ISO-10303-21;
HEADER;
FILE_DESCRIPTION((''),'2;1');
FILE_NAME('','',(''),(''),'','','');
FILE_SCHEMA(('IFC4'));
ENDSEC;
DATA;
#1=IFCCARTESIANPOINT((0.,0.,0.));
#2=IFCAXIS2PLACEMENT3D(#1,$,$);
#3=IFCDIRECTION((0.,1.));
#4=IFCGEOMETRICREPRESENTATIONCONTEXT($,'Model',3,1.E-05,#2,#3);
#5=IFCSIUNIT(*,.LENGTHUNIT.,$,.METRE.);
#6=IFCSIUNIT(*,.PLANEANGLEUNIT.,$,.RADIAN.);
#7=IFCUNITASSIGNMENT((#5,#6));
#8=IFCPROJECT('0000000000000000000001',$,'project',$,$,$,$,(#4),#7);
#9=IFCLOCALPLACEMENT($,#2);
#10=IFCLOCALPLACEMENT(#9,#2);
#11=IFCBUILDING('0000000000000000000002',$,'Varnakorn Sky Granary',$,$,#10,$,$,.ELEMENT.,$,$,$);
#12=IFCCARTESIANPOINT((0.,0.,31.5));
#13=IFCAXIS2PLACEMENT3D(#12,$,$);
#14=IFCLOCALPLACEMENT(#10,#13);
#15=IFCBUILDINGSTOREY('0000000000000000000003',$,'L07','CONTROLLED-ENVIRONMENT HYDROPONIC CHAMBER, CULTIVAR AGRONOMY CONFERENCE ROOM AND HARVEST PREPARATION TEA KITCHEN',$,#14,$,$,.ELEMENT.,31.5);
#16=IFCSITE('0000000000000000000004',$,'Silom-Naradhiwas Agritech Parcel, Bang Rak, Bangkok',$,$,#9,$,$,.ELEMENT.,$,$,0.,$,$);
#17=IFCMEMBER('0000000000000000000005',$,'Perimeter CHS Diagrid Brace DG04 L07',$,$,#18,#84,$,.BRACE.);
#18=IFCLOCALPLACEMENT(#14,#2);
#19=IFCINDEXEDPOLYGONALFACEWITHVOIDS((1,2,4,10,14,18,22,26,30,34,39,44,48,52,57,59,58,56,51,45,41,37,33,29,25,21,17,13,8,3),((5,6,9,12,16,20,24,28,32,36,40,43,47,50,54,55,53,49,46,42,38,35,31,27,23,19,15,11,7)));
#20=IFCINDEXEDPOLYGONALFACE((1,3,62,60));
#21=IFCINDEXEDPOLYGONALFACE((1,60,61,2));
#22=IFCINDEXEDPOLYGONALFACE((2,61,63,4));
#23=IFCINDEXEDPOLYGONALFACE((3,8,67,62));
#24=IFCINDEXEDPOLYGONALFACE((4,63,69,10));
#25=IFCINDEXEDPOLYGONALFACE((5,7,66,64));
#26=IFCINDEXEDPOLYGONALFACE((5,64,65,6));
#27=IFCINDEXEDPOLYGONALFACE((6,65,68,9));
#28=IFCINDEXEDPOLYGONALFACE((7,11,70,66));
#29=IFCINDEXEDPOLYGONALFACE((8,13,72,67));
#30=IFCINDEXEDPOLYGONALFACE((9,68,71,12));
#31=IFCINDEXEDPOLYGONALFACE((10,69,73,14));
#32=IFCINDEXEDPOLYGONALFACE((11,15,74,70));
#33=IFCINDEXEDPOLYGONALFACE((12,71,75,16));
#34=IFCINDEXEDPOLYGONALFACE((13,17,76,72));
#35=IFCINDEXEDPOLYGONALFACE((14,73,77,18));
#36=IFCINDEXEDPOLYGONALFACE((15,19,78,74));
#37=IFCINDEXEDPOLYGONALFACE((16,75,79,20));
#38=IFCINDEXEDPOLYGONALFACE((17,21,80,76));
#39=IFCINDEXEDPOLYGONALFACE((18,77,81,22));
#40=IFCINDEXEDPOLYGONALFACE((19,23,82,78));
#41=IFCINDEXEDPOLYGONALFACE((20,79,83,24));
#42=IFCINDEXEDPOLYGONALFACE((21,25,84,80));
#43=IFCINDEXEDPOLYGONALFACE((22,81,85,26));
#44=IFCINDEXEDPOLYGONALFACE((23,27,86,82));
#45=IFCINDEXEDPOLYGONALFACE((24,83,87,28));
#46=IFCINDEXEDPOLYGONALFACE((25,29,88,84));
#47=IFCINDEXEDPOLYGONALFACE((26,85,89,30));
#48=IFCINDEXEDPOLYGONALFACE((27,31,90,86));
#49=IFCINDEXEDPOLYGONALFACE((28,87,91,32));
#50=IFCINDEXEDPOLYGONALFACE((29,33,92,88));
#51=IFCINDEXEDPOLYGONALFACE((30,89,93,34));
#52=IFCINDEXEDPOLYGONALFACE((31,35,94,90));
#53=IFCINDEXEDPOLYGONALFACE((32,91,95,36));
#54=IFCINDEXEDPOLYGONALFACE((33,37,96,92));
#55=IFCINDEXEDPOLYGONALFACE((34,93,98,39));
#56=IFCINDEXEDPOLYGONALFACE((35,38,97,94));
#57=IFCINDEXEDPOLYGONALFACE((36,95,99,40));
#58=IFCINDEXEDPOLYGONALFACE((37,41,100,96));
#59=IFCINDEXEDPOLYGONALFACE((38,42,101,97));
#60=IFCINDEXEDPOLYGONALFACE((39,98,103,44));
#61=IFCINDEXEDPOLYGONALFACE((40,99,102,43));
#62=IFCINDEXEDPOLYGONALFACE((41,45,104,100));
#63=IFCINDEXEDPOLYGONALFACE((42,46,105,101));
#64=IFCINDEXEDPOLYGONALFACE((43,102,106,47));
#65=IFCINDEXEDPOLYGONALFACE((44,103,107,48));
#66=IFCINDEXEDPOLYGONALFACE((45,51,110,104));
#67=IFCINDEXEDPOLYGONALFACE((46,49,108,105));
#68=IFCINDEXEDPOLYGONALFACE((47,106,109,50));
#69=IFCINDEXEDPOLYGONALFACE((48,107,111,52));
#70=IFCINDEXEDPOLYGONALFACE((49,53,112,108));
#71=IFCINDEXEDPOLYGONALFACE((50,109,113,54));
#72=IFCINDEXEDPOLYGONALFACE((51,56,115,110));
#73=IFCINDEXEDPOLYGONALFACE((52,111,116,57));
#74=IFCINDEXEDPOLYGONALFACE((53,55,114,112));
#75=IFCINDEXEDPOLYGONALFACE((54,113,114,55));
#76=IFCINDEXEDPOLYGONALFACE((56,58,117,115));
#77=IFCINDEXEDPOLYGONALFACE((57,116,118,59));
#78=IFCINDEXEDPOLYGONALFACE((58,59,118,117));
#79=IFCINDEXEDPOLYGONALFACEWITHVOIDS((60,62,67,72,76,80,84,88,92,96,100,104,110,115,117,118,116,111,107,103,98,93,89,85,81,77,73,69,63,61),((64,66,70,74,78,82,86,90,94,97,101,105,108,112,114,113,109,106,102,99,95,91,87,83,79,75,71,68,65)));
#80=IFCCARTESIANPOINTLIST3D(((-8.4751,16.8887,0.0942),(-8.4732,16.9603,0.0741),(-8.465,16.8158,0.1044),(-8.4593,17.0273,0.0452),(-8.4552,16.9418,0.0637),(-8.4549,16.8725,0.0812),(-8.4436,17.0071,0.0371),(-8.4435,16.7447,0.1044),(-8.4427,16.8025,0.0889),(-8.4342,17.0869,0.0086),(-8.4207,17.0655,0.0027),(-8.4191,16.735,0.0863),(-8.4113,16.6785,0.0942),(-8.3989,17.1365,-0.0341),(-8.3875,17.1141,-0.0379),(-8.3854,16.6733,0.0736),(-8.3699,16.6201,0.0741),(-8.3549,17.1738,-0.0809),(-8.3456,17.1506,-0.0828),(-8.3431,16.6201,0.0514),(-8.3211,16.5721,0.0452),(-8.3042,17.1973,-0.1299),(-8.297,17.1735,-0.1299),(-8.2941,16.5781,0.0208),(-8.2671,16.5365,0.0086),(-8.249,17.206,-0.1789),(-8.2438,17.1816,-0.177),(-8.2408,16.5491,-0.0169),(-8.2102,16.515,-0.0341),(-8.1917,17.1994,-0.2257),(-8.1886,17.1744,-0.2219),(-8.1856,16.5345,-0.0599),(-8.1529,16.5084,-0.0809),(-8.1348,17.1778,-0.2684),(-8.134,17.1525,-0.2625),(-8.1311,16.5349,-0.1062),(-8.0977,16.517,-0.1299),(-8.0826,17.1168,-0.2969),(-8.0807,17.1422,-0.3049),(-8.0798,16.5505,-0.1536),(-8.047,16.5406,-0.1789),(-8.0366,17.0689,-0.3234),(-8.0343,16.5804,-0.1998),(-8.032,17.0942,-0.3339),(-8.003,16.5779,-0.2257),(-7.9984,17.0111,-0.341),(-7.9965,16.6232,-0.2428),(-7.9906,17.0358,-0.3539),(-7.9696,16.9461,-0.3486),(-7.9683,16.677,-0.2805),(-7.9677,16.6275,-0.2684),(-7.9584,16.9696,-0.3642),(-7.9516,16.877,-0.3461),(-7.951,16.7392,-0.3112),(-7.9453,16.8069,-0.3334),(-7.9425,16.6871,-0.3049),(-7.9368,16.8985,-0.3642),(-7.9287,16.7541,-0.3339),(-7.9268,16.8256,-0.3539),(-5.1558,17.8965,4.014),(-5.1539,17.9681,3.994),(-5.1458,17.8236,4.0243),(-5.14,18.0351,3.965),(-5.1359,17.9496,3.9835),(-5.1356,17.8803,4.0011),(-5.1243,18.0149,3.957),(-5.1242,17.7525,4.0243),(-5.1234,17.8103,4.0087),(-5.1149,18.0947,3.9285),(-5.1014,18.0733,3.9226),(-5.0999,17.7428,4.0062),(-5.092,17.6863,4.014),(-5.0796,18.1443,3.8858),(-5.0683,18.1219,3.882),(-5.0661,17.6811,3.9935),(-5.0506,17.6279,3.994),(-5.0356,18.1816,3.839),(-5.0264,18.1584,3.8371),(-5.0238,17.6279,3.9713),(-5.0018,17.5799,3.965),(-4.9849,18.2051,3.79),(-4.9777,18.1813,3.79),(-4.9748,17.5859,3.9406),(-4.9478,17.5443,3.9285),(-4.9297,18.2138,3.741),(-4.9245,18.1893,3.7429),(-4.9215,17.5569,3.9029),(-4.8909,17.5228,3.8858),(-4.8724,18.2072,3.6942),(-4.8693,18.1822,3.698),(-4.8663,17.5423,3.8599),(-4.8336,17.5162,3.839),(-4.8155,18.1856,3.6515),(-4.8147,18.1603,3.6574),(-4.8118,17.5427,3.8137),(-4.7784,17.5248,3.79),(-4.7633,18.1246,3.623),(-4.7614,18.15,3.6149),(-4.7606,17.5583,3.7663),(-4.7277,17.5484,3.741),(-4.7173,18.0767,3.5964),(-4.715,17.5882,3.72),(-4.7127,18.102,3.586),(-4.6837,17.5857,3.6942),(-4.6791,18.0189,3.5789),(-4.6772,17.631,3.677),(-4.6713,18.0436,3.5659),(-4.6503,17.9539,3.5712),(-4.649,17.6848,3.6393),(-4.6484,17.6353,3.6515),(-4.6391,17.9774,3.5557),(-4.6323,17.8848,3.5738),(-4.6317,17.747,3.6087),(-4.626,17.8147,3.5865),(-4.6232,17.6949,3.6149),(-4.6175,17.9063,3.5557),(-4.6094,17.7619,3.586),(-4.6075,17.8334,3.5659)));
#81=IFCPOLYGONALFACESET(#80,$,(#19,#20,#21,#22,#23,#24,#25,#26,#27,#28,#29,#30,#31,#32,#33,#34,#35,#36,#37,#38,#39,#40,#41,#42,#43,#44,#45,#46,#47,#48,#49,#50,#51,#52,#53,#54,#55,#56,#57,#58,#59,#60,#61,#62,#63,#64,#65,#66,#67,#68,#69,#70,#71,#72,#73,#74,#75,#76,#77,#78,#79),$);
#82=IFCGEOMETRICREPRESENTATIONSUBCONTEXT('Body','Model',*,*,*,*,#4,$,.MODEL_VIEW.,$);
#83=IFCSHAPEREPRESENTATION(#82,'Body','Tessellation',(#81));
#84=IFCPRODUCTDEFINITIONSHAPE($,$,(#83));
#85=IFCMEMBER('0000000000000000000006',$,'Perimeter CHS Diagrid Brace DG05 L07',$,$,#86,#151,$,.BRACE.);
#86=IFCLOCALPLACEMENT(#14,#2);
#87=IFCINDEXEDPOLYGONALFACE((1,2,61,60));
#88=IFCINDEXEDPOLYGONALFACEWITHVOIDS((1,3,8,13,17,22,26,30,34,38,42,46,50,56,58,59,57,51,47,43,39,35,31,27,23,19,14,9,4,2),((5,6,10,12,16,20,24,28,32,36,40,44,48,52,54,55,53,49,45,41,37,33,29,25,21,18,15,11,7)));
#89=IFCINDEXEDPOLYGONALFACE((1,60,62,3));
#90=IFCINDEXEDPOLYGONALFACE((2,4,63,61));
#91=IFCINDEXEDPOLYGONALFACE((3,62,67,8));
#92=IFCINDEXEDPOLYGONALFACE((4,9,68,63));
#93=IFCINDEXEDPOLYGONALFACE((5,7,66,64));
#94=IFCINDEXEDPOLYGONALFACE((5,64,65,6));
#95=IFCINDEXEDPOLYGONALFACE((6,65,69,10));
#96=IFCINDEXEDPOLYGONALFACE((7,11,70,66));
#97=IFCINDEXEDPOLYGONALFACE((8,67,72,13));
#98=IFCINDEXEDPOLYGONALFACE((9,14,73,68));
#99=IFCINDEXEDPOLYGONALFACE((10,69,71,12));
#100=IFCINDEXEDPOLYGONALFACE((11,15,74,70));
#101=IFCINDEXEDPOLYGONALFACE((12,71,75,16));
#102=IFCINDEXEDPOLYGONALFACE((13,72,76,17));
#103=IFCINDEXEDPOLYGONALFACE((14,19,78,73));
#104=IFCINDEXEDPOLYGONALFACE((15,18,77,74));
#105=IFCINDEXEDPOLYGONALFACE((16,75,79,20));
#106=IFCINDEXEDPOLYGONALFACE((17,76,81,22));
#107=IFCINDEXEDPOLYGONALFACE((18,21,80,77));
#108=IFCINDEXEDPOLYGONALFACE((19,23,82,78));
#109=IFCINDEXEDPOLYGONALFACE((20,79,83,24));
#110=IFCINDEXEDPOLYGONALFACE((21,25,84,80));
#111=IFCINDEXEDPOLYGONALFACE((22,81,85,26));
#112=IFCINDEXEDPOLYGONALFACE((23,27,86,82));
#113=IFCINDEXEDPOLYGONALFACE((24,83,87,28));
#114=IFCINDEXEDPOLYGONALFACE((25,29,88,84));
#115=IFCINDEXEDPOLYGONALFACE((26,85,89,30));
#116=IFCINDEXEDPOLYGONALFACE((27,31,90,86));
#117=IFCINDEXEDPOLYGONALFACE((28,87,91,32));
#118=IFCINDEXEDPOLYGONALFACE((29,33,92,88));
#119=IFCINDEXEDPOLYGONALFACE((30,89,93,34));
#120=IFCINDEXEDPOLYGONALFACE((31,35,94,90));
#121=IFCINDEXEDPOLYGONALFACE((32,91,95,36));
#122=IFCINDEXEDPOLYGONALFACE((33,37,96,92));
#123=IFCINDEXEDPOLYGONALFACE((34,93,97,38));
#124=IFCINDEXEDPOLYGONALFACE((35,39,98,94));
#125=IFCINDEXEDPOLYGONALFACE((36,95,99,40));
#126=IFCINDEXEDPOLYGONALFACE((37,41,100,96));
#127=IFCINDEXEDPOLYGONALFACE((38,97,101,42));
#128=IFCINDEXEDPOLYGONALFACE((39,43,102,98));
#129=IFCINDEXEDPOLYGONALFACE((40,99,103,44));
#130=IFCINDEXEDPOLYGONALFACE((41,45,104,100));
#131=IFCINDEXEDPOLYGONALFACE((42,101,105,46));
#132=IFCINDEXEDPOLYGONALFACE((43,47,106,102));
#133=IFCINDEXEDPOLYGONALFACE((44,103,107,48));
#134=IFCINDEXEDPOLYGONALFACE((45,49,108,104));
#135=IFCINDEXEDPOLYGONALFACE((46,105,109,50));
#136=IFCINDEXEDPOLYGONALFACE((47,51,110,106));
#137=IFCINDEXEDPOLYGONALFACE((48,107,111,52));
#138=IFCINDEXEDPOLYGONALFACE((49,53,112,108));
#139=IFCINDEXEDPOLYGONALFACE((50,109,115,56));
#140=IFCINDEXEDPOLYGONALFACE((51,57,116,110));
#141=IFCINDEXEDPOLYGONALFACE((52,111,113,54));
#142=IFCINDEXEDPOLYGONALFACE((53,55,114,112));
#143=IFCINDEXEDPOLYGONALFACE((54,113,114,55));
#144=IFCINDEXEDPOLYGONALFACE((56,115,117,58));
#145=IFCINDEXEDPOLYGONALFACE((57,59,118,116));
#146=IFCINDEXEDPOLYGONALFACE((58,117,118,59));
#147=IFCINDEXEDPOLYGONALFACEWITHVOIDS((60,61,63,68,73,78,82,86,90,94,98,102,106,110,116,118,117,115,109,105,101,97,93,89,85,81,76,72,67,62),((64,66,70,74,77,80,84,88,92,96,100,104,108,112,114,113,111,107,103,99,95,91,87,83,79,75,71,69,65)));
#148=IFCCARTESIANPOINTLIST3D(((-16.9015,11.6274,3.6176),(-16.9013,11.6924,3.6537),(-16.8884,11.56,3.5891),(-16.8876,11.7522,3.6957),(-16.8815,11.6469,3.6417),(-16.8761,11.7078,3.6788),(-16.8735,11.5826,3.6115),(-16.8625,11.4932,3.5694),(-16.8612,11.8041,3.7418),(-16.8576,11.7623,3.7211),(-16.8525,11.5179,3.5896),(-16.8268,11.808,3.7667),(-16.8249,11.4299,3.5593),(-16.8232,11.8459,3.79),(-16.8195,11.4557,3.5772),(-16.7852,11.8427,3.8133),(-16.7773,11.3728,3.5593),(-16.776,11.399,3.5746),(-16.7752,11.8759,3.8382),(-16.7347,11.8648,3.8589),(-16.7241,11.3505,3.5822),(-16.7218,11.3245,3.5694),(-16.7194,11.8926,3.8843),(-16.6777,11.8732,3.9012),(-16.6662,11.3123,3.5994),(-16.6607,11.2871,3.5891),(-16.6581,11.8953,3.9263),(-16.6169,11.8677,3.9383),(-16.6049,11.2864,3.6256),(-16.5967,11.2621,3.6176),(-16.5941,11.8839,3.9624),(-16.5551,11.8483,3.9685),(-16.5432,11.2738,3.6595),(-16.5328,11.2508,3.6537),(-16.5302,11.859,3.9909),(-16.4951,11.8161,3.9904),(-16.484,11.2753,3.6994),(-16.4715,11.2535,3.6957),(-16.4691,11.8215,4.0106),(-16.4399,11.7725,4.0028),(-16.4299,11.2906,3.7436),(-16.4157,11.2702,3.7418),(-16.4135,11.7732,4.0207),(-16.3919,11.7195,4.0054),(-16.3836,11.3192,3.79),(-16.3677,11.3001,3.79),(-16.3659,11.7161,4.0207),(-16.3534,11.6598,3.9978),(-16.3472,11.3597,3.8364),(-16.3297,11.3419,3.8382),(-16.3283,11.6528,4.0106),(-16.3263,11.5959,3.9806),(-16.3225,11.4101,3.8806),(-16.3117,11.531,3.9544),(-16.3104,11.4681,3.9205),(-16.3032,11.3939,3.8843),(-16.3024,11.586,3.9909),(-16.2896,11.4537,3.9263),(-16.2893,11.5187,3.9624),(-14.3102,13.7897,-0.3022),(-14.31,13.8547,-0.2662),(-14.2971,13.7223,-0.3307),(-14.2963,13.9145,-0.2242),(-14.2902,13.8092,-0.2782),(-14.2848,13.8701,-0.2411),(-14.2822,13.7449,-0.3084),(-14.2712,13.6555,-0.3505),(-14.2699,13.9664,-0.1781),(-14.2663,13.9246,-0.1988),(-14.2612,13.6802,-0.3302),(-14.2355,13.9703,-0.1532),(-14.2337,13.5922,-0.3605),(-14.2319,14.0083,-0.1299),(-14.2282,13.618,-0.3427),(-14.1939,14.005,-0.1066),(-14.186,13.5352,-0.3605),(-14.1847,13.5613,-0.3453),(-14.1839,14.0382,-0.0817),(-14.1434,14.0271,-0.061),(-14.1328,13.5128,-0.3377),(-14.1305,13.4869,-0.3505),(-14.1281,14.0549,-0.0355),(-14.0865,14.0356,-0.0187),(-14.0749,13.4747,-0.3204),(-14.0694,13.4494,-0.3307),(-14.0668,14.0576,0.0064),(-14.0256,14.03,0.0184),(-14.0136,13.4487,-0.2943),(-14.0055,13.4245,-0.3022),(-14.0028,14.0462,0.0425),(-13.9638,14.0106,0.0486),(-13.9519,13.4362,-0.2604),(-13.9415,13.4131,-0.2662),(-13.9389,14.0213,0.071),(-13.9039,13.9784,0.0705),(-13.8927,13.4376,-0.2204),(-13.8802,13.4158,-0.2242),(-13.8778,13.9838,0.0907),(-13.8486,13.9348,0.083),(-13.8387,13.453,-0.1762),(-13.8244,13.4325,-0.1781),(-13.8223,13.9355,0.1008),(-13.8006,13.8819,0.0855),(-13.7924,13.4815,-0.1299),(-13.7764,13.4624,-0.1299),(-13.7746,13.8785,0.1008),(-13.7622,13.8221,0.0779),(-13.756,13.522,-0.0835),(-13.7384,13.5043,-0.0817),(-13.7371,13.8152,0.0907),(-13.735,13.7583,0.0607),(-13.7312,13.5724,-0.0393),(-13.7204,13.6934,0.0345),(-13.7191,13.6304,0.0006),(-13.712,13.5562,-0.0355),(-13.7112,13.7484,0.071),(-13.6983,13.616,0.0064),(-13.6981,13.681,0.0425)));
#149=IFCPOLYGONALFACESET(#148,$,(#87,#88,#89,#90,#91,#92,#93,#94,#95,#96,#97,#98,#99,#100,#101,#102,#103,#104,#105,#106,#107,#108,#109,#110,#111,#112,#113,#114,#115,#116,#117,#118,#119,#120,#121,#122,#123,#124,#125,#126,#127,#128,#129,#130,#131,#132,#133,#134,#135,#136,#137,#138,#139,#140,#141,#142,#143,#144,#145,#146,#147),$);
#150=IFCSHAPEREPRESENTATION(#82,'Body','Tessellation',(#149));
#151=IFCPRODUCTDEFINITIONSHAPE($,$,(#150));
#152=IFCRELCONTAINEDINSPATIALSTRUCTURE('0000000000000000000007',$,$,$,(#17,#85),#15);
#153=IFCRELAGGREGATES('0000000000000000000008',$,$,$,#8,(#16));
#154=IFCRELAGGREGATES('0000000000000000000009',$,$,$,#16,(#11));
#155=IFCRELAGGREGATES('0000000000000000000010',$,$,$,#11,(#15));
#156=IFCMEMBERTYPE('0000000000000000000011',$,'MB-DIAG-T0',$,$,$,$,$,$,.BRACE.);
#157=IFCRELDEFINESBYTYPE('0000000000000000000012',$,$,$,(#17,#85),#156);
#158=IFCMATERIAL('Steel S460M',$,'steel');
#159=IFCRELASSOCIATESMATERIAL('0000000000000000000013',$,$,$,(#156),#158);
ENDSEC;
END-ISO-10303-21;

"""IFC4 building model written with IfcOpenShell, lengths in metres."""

from ifc_helpers import new_model, si_unit, direction, frame, origin, origin_2d, place, context, subcontext, project, spatial, hollow_circle, extrude, material, material_profile, profile_set, type_object, element, save


model = new_model("IFC4")

# Units and contexts
model_context = context("Model", 3, precision=1e-05, world=origin(), true_north=direction((0.0, 1.0)))
body_context = subcontext(model_context, "Body", "Model", "MODEL_VIEW")
ifc_project = project(units=[si_unit("LENGTHUNIT", "METRE"), si_unit("PLANEANGLEUNIT", "RADIAN")], contexts=[model_context])

# Site, building, storey
site_placement = place(None, origin())
site = spatial("IfcSite", under=ifc_project, at=site_placement, Name="Silom-Naradhiwas Agritech Parcel, Bang Rak, Bangkok", CompositionType="ELEMENT", RefElevation=0.0)
building_placement = place(site_placement, origin())
building = spatial("IfcBuilding", under=site, at=building_placement, Name="Varnakorn Sky Granary", CompositionType="ELEMENT")
storey_placement = place(building_placement, frame((0.0, 0.0, 31.5)))
storey = spatial("IfcBuildingStorey", under=building, at=storey_placement, Name="L07", Description="CONTROLLED-ENVIRONMENT HYDROPONIC CHAMBER, CULTIVAR AGRONOMY CONFERENCE ROOM AND HARVEST PREPARATION TEA KITCHEN", CompositionType="ELEMENT", Elevation=31.5)

# Shared definitions
ifc_material_1 = material(Name="Steel S460M", Category="steel")

# Members
ifc_material_profile_1 = material_profile(ifc_material_1, hollow_circle(Radius=0.3555, WallThickness=0.0249, at=origin_2d()), Name="CHS 711x25")
ifc_profile_set_1 = profile_set([ifc_material_profile_1], Name="Steel S460M")
member_type_1 = type_object("IfcMemberType", Name="MB-DIAG-T0", PredefinedType="BRACE", material=ifc_profile_set_1)
member_1_placement = place(storey_placement, frame((-8.2009, 16.8572, -0.1299), z_axis=(0.634133, 0.192535, 0.74887), x_axis=(-0.290523, 0.956868, 0.0)))
element("IfcMember", 1, at=member_1_placement, inside=storey, type_object=member_type_1, Name="Perimeter CHS Diagrid Brace DG04 L07", PredefinedType="BRACE", context=body_context, shape_type="SweptSolid", body=[
    extrude(hollow_circle(Radius=0.3555, WallThickness=0.0249, at=origin_2d()), origin(), (0.0, 0.0, 1.0), 5.2344),
])
member_2_placement = place(storey_placement, frame((-14.0042, 13.7354, -0.1299), z_axis=(-0.500962, -0.418035, 0.757815), x_axis=(0.640697, -0.767794, 0.0)))
element("IfcMember", 2, at=member_2_placement, inside=storey, type_object=member_type_1, Name="Perimeter CHS Diagrid Brace DG05 L07", PredefinedType="BRACE", context=body_context, shape_type="SweptSolid", body=[
    extrude(hollow_circle(Radius=0.3555, WallThickness=0.0249, at=origin_2d()), origin(), (0.0, 0.0, 1.0), 5.1726),
])

save(model, "model.ifc")
